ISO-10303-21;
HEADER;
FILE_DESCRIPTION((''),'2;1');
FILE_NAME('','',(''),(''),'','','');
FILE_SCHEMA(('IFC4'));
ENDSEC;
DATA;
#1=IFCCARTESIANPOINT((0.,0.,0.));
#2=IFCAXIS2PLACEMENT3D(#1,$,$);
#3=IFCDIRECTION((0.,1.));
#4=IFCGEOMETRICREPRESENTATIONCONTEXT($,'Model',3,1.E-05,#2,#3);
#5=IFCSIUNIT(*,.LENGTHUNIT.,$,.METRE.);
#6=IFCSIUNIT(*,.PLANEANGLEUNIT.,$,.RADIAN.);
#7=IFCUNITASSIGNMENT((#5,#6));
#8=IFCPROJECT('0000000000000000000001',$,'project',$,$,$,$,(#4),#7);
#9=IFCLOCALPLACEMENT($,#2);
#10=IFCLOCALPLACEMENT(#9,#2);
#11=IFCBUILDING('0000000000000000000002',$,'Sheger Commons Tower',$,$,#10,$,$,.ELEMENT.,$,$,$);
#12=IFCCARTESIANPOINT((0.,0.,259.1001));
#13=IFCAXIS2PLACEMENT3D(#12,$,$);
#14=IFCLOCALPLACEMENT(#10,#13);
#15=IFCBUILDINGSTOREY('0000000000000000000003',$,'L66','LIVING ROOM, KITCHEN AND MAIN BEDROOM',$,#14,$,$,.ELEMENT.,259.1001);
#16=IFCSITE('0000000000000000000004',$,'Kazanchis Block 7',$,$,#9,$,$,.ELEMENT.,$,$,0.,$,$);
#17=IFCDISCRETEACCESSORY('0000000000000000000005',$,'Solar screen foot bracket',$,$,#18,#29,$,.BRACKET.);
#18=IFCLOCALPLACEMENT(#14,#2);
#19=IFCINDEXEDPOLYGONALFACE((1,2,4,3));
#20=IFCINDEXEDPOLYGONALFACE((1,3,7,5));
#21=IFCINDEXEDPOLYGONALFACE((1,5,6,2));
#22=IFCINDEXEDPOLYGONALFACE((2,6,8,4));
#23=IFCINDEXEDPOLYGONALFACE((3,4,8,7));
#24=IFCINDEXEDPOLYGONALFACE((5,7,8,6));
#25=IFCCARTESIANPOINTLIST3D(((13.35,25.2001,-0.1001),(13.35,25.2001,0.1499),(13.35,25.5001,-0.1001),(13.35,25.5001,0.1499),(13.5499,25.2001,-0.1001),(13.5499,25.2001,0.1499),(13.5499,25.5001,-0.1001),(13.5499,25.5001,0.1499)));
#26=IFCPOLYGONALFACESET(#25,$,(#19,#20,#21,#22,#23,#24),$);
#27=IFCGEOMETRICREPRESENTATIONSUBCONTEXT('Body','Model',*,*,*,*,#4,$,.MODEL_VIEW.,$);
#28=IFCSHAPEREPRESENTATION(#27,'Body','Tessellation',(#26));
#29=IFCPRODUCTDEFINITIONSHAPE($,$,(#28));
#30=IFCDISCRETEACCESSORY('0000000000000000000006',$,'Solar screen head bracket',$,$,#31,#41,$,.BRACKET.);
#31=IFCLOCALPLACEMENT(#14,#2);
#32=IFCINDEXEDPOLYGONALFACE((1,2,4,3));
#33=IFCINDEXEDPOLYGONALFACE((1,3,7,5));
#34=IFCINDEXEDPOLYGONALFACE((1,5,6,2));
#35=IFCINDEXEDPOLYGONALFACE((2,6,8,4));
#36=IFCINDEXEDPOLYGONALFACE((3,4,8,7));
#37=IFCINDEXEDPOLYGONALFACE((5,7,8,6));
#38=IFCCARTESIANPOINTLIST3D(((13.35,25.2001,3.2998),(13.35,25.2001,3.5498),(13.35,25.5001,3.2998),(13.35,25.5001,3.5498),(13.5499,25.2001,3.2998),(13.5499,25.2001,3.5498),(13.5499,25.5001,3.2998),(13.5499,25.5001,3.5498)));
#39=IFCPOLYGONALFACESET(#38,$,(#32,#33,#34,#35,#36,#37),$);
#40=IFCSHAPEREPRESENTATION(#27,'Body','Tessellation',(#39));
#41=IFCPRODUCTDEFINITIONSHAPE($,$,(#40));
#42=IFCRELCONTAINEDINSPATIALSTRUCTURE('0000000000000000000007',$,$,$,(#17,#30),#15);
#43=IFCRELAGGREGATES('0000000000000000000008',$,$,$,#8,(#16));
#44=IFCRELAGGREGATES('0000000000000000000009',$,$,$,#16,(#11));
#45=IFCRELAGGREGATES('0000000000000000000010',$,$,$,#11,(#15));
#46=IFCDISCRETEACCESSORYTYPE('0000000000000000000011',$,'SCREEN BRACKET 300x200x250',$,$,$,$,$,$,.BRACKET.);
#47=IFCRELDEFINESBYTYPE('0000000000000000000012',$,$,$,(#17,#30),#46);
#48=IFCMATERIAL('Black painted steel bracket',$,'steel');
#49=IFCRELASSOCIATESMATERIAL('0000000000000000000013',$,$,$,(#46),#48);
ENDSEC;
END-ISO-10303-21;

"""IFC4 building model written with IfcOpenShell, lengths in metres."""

from ifc_helpers import new_model, si_unit, direction, frame, origin, origin_2d, place, context, subcontext, project, spatial, rectangle, extrude, material, type_object, element, save


model = new_model("IFC4")

# Units and contexts
model_context = context("Model", 3, precision=1e-05, world=origin(), true_north=direction((0.0, 1.0)))
body_context = subcontext(model_context, "Body", "Model", "MODEL_VIEW")
ifc_project = project(units=[si_unit("LENGTHUNIT", "METRE"), si_unit("PLANEANGLEUNIT", "RADIAN")], contexts=[model_context])

# Site, building, storey
site_placement = place(None, origin())
site = spatial("IfcSite", under=ifc_project, at=site_placement, Name="Kazanchis Block 7", CompositionType="ELEMENT", RefElevation=0.0)
building_placement = place(site_placement, origin())
building = spatial("IfcBuilding", under=site, at=building_placement, Name="Sheger Commons Tower", CompositionType="ELEMENT")
storey_placement = place(building_placement, frame((0.0, 0.0, 259.1001)))
storey = spatial("IfcBuildingStorey", under=building, at=storey_placement, Name="L66", Description="LIVING ROOM, KITCHEN AND MAIN BEDROOM", CompositionType="ELEMENT", Elevation=259.1001)

# Discrete accessories
ifc_material_1 = material(Name="Black painted steel bracket", Category="steel")
discrete_accessory_type = type_object("IfcDiscreteAccessoryType", Name="SCREEN BRACKET 300x200x250", PredefinedType="BRACKET", material=ifc_material_1)
for number, where, z_axis, x_axis, name in (
    (1, (13.45, 25.3501, -0.1001), (0.0, 0.0, 1.0), (0.0, -1.0, 0.0), "Solar screen foot bracket"),
    (2, (13.45, 25.3501, 3.2998), (0.0, 0.0, 1.0), (0.0, -1.0, 0.0), "Solar screen head bracket"),
):
    element("IfcDiscreteAccessory", number, at=place(storey_placement, frame(where, z_axis=z_axis, x_axis=x_axis)), inside=storey, type_object=discrete_accessory_type, Name=name, PredefinedType="BRACKET", context=body_context, shape_type="SweptSolid", body=[
        extrude(rectangle(XDim=0.3, YDim=0.2, at=origin_2d()), origin(), (0.0, 0.0, 1.0), 0.25),
    ])

save(model, "model.ifc")
